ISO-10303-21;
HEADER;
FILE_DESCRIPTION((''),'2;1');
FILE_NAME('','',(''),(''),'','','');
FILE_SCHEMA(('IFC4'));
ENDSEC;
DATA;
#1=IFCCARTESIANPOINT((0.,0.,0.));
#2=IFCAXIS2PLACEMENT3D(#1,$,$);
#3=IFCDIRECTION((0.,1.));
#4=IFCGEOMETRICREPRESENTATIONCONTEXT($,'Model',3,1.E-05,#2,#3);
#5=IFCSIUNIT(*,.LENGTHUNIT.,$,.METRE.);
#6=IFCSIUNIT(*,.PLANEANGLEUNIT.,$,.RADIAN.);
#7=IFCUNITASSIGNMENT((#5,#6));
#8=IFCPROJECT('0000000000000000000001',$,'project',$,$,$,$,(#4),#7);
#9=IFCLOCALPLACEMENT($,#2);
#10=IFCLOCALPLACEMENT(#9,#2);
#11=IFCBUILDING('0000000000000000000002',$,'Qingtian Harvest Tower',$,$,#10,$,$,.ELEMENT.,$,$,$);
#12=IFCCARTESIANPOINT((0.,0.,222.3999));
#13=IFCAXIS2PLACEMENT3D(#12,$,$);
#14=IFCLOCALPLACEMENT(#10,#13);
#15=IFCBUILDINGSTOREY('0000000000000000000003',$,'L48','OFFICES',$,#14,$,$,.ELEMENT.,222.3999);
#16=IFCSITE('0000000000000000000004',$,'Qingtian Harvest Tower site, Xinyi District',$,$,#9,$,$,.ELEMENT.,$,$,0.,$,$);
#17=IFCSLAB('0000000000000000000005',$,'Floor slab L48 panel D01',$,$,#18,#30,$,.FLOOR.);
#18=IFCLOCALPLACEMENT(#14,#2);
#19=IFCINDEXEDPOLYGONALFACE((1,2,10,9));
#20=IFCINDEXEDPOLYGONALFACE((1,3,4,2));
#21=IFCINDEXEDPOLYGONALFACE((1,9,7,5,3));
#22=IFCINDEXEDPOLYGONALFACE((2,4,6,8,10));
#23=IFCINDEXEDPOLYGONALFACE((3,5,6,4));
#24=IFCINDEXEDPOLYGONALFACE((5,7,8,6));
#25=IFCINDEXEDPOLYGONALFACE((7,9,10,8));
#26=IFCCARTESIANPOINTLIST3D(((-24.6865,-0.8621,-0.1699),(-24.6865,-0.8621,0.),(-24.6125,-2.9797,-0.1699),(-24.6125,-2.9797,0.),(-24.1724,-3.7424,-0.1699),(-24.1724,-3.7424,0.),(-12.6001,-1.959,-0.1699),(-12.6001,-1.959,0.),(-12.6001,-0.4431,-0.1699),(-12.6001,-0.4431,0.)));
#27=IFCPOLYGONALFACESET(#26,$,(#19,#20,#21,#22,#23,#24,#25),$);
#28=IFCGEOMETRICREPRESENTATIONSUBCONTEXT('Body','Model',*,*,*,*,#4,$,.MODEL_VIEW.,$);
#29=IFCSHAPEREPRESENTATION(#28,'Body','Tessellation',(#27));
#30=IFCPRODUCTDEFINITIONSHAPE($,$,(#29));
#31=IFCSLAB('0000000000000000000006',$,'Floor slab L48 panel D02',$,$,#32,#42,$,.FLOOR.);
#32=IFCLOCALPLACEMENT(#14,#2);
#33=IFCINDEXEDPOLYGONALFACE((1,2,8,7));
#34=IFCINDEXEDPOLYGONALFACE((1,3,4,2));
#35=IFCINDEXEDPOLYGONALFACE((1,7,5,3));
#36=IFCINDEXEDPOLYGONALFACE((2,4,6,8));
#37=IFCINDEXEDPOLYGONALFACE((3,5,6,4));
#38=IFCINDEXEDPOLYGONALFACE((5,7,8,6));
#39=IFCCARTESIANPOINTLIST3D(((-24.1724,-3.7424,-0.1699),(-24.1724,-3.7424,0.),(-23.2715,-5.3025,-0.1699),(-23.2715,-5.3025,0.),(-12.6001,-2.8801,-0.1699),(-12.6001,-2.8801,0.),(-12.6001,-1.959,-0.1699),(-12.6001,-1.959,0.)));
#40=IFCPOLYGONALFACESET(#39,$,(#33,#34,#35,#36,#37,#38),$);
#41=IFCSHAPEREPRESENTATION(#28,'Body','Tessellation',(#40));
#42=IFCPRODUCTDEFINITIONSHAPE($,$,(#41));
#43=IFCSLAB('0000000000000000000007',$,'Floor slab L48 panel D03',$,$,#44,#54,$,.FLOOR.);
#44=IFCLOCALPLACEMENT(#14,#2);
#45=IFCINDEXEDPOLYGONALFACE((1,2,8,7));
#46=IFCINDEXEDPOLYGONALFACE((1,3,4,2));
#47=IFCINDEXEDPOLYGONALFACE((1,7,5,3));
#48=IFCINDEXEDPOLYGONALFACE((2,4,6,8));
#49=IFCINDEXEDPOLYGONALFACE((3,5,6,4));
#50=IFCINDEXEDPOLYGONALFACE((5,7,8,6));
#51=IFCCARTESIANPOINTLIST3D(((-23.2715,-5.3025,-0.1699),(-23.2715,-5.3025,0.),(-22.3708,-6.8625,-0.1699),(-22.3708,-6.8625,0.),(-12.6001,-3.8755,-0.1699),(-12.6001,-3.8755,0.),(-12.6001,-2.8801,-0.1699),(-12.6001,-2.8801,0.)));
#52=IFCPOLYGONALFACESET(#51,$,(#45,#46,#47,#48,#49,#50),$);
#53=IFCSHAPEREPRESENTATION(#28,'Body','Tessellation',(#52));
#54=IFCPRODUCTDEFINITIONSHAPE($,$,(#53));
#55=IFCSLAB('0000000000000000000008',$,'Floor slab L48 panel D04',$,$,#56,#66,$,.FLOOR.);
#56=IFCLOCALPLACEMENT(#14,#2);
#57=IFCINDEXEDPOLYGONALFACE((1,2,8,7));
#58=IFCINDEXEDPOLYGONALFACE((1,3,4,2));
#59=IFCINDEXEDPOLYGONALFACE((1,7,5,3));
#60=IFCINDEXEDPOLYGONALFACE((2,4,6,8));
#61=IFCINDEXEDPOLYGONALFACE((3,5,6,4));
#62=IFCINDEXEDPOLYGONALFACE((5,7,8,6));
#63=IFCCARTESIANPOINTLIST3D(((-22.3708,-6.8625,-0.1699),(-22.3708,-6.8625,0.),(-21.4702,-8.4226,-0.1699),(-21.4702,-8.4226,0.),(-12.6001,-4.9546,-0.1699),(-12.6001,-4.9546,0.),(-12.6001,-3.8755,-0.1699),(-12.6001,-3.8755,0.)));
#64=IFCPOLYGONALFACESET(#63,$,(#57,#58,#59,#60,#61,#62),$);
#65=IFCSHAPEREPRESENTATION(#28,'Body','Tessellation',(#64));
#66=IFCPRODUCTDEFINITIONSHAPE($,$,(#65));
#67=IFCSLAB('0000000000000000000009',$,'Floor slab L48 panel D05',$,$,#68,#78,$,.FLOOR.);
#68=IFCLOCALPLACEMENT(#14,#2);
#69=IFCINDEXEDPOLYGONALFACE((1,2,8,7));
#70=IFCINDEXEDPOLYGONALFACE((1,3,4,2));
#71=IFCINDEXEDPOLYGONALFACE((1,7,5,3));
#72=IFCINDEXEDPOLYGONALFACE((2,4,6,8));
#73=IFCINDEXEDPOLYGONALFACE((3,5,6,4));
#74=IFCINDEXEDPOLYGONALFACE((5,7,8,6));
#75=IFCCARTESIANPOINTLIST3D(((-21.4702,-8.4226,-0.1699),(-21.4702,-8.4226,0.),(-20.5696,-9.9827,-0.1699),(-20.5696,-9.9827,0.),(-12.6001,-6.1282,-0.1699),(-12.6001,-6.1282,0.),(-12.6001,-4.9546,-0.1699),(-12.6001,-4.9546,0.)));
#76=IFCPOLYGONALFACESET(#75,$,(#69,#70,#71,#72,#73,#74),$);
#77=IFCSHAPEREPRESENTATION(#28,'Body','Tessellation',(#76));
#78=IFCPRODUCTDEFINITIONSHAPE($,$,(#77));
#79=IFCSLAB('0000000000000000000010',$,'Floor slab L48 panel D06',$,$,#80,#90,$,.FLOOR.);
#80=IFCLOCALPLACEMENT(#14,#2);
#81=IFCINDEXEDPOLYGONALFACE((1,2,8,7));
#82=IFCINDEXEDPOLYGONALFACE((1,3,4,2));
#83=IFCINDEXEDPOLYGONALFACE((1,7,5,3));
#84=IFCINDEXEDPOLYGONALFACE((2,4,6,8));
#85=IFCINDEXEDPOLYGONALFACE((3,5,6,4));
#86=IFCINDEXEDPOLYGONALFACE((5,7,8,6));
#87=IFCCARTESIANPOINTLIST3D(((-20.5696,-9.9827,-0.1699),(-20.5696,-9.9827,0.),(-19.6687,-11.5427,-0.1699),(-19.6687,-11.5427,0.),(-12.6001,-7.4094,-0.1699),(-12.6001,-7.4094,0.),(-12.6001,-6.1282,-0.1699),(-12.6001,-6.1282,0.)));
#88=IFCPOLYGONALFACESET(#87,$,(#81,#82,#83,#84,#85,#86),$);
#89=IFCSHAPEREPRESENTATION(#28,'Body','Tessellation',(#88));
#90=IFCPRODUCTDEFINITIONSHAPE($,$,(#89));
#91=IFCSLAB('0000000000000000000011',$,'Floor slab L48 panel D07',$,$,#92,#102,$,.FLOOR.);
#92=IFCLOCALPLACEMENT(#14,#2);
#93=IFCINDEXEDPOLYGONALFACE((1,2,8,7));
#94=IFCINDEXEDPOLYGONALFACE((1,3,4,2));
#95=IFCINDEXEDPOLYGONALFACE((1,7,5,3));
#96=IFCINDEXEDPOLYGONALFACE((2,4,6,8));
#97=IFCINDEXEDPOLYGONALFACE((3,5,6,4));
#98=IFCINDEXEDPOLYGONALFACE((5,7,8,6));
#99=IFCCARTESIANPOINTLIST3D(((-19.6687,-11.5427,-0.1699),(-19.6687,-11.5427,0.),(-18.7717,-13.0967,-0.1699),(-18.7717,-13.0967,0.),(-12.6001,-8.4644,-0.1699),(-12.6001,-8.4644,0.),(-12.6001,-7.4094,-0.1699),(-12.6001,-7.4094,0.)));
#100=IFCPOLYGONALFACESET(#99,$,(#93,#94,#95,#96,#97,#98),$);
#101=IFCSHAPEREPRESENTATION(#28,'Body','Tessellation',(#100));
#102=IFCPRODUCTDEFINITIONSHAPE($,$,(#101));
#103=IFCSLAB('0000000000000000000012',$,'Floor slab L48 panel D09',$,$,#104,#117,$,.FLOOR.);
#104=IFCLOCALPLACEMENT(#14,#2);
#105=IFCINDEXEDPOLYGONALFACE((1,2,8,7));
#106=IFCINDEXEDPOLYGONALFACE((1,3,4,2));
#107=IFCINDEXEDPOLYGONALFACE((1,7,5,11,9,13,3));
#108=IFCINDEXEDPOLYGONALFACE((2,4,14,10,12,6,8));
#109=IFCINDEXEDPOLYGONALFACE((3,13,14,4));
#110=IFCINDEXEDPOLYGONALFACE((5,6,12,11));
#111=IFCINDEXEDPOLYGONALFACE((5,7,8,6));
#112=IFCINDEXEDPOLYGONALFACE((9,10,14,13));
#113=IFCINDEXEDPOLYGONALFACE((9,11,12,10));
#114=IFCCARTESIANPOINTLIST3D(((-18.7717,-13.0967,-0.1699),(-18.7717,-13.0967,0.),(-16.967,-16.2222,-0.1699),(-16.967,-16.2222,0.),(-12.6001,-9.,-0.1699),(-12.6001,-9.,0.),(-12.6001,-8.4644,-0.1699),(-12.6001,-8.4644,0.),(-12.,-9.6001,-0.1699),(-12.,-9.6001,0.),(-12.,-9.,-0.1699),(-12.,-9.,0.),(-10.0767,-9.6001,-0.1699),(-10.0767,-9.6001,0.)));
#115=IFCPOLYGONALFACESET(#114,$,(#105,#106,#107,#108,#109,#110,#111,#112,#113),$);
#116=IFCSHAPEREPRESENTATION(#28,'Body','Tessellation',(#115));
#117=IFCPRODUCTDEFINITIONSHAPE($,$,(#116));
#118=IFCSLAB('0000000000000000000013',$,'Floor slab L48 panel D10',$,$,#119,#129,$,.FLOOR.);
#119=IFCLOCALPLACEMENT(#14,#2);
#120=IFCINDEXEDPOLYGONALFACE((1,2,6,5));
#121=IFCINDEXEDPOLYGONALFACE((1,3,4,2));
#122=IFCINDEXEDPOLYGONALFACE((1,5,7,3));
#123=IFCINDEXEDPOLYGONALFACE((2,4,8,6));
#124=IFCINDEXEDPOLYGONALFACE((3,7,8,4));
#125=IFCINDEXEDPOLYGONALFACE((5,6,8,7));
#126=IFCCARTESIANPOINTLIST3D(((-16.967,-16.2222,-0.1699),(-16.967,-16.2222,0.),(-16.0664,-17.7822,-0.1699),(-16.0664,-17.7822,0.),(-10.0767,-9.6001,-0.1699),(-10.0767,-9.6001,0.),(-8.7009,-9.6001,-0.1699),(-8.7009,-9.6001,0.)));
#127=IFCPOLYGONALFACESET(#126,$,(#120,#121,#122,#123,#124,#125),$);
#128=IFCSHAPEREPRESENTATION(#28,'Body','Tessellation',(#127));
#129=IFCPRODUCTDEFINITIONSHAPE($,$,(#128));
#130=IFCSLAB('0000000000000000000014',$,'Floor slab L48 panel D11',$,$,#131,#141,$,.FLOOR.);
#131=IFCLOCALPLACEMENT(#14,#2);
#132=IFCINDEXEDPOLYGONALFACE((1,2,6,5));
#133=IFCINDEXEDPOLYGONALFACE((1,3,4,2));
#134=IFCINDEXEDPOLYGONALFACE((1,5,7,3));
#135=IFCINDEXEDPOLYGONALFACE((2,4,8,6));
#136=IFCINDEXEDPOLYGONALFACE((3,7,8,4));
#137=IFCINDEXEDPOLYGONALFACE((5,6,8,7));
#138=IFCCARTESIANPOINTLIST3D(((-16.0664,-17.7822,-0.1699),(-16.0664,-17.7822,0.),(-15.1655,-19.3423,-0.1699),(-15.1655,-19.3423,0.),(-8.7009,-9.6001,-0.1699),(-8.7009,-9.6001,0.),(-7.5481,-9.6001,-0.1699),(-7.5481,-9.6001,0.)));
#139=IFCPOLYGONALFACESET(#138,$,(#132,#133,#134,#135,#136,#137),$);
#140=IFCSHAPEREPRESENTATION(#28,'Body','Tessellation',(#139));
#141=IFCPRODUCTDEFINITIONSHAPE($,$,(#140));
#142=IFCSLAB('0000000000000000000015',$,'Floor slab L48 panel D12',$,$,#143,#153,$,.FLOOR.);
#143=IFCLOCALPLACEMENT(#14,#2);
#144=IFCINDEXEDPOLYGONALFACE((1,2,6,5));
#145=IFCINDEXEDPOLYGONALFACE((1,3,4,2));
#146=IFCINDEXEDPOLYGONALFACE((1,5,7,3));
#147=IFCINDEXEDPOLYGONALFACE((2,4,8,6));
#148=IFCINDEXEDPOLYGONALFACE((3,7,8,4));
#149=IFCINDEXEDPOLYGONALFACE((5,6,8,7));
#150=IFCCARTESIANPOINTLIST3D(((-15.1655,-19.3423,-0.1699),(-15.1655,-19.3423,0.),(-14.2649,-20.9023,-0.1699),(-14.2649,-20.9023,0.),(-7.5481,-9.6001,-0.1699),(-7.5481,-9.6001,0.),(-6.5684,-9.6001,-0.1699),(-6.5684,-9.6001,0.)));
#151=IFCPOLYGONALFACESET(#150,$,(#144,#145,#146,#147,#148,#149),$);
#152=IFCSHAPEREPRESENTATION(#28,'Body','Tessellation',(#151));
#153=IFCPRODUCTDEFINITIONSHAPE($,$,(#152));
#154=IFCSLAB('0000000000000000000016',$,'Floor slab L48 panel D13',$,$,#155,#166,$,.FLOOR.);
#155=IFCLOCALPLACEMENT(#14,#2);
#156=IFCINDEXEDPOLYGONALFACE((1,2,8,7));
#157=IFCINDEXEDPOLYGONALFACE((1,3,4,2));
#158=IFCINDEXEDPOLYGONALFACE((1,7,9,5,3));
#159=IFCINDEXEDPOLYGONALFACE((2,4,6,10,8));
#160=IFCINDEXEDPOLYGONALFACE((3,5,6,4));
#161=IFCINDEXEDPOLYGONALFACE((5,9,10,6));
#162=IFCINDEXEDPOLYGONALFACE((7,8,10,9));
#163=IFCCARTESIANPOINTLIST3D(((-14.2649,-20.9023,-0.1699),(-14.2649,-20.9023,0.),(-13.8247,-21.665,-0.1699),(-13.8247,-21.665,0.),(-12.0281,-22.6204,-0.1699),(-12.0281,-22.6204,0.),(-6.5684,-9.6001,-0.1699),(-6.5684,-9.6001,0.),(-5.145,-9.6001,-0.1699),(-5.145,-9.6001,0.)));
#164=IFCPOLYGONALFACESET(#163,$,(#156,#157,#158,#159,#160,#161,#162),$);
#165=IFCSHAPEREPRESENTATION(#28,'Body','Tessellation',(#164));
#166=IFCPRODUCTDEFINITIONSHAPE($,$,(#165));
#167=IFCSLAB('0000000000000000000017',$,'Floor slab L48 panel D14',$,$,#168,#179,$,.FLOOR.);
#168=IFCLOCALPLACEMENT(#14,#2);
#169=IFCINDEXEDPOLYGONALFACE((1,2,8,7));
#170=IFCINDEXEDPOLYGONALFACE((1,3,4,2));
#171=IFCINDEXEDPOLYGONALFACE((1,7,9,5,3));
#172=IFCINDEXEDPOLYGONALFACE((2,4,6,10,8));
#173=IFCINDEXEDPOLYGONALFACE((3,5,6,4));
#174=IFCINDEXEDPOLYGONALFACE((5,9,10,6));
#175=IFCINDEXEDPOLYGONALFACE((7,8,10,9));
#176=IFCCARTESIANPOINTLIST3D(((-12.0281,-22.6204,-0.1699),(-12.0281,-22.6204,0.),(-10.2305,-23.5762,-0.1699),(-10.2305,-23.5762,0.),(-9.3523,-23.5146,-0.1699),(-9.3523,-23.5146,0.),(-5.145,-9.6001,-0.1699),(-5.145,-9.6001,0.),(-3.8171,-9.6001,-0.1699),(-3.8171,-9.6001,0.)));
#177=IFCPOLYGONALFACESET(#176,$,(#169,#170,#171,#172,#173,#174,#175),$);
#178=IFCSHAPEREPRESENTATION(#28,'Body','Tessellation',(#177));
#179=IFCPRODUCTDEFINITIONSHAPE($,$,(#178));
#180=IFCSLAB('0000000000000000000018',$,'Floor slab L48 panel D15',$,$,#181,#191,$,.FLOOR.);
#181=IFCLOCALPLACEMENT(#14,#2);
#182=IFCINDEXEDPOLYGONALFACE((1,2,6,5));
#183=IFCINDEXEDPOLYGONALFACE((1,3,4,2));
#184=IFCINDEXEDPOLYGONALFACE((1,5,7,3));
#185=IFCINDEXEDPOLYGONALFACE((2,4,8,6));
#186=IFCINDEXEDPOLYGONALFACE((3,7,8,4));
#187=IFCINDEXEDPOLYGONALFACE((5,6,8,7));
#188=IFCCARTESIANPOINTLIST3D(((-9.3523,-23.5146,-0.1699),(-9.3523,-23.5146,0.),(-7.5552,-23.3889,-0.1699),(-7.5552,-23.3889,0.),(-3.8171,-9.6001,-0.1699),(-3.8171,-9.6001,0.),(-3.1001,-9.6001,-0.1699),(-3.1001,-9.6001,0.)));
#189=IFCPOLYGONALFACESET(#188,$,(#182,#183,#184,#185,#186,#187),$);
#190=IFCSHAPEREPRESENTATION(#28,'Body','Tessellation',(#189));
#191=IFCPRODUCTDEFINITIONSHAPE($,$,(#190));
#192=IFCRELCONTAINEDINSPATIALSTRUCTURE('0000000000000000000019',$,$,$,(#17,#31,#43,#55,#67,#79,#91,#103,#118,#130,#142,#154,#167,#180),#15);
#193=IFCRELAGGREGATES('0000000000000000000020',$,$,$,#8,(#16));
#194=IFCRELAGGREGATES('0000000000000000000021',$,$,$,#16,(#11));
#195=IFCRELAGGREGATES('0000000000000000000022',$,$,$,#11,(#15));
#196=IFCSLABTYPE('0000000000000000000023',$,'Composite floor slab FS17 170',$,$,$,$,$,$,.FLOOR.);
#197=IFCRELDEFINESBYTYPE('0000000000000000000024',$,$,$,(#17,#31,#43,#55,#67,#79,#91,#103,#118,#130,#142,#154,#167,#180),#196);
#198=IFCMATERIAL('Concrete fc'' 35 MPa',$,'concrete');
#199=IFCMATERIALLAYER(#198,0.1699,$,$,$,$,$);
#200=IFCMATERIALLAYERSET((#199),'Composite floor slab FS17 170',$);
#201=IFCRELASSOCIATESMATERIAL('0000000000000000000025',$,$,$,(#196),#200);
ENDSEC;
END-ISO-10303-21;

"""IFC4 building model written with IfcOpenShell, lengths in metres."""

from ifc_helpers import new_model, si_unit, direction, frame, origin, place, context, subcontext, project, spatial, polyline, outline, extrude, material, layer, layer_set, type_object, element, save


model = new_model("IFC4")

# Units and contexts
model_context = context("Model", 3, precision=1e-05, world=origin(), true_north=direction((0.0, 1.0)))
body_context = subcontext(model_context, "Body", "Model", "MODEL_VIEW")
ifc_project = project(units=[si_unit("LENGTHUNIT", "METRE"), si_unit("PLANEANGLEUNIT", "RADIAN")], contexts=[model_context])

# Site, building, storey
site_placement = place(None, origin())
site = spatial("IfcSite", under=ifc_project, at=site_placement, Name="Qingtian Harvest Tower site, Xinyi District", CompositionType="ELEMENT", RefElevation=0.0)
building_placement = place(site_placement, origin())
building = spatial("IfcBuilding", under=site, at=building_placement, Name="Qingtian Harvest Tower", CompositionType="ELEMENT")
storey_placement = place(building_placement, frame((0.0, 0.0, 222.3999)))
storey = spatial("IfcBuildingStorey", under=building, at=storey_placement, Name="L48", Description="OFFICES", CompositionType="ELEMENT", Elevation=222.3999)

# Slabs
ifc_material = material(Name="Concrete fc' 35 MPa", Category="concrete")
ifc_layer = layer(ifc_material, 0.1699)
ifc_layer_set = layer_set([ifc_layer], Name="Composite floor slab FS17 170")
slab_type = type_object("IfcSlabType", Name="Composite floor slab FS17 170", PredefinedType="FLOOR", material=ifc_layer_set)
slab_1_placement = place(storey_placement, frame((0.0, 0.0, -0.1699)))
element("IfcSlab", 1, at=slab_1_placement, inside=storey, type_object=slab_type, Name="Floor slab L48 panel D01", PredefinedType="FLOOR", context=body_context, shape_type="SweptSolid", body=[
    extrude(outline(polyline([(-24.6865, -0.8621), (-12.6001, -0.4431), (-12.6001, -1.959), (-24.1724, -3.7424), (-24.6125, -2.9797), (-24.6865, -0.8621)])), origin(), (0.0, 0.0, 1.0), 0.1699),
])
slab_2_placement = place(storey_placement, frame((0.0, 0.0, -0.1699)))
element("IfcSlab", 2, at=slab_2_placement, inside=storey, type_object=slab_type, Name="Floor slab L48 panel D02", PredefinedType="FLOOR", context=body_context, shape_type="SweptSolid", body=[
    extrude(outline(polyline([(-12.6001, -2.8801), (-23.2715, -5.3025), (-24.1724, -3.7424), (-12.6001, -1.959), (-12.6001, -2.8801)])), origin(), (0.0, 0.0, 1.0), 0.1699),
])
slab_3_placement = place(storey_placement, frame((0.0, 0.0, -0.1699)))
element("IfcSlab", 3, at=slab_3_placement, inside=storey, type_object=slab_type, Name="Floor slab L48 panel D03", PredefinedType="FLOOR", context=body_context, shape_type="SweptSolid", body=[
    extrude(outline(polyline([(-12.6001, -3.8755), (-22.3708, -6.8625), (-23.2715, -5.3025), (-12.6001, -2.8801), (-12.6001, -3.8755)])), origin(), (0.0, 0.0, 1.0), 0.1699),
])
slab_4_placement = place(storey_placement, frame((0.0, 0.0, -0.1699)))
element("IfcSlab", 4, at=slab_4_placement, inside=storey, type_object=slab_type, Name="Floor slab L48 panel D04", PredefinedType="FLOOR", context=body_context, shape_type="SweptSolid", body=[
    extrude(outline(polyline([(-12.6001, -4.9546), (-21.4702, -8.4226), (-22.3708, -6.8625), (-12.6001, -3.8755), (-12.6001, -4.9546)])), origin(), (0.0, 0.0, 1.0), 0.1699),
])
slab_5_placement = place(storey_placement, frame((0.0, 0.0, -0.1699)))
element("IfcSlab", 5, at=slab_5_placement, inside=storey, type_object=slab_type, Name="Floor slab L48 panel D05", PredefinedType="FLOOR", context=body_context, shape_type="SweptSolid", body=[
    extrude(outline(polyline([(-12.6001, -6.1282), (-20.5696, -9.9827), (-21.4702, -8.4226), (-12.6001, -4.9546), (-12.6001, -6.1282)])), origin(), (0.0, 0.0, 1.0), 0.1699),
])
slab_6_placement = place(storey_placement, frame((0.0, 0.0, -0.1699)))
element("IfcSlab", 6, at=slab_6_placement, inside=storey, type_object=slab_type, Name="Floor slab L48 panel D06", PredefinedType="FLOOR", context=body_context, shape_type="SweptSolid", body=[
    extrude(outline(polyline([(-12.6001, -7.4094), (-19.6687, -11.5427), (-20.5696, -9.9827), (-12.6001, -6.1282), (-12.6001, -7.4094)])), origin(), (0.0, 0.0, 1.0), 0.1699),
])
slab_7_placement = place(storey_placement, frame((0.0, 0.0, -0.1699)))
element("IfcSlab", 7, at=slab_7_placement, inside=storey, type_object=slab_type, Name="Floor slab L48 panel D07", PredefinedType="FLOOR", context=body_context, shape_type="SweptSolid", body=[
    extrude(outline(polyline([(-12.6001, -8.4644), (-18.7717, -13.0967), (-19.6687, -11.5427), (-12.6001, -7.4094), (-12.6001, -8.4644)])), origin(), (0.0, 0.0, 1.0), 0.1699),
])
slab_8_placement = place(storey_placement, frame((0.0, 0.0, -0.1699)))
element("IfcSlab", 8, at=slab_8_placement, inside=storey, type_object=slab_type, Name="Floor slab L48 panel D09", PredefinedType="FLOOR", context=body_context, shape_type="SweptSolid", body=[
    extrude(outline(polyline([(-16.967, -16.2222), (-18.7717, -13.0967), (-12.6001, -8.4644), (-12.6001, -9.0), (-12.0, -9.0), (-12.0, -9.6001), (-10.0767, -9.6001), (-16.967, -16.2222)])), origin(), (0.0, 0.0, 1.0), 0.1699),
])
slab_9_placement = place(storey_placement, frame((0.0, 0.0, -0.1699)))
element("IfcSlab", 9, at=slab_9_placement, inside=storey, type_object=slab_type, Name="Floor slab L48 panel D10", PredefinedType="FLOOR", context=body_context, shape_type="SweptSolid", body=[
    extrude(outline(polyline([(-8.7009, -9.6001), (-16.0664, -17.7822), (-16.967, -16.2222), (-10.0767, -9.6001), (-8.7009, -9.6001)])), origin(), (0.0, 0.0, 1.0), 0.1699),
])
slab_10_placement = place(storey_placement, frame((0.0, 0.0, -0.1699)))
element("IfcSlab", 10, at=slab_10_placement, inside=storey, type_object=slab_type, Name="Floor slab L48 panel D11", PredefinedType="FLOOR", context=body_context, shape_type="SweptSolid", body=[
    extrude(outline(polyline([(-7.5481, -9.6001), (-15.1655, -19.3423), (-16.0664, -17.7822), (-8.7009, -9.6001), (-7.5481, -9.6001)])), origin(), (0.0, 0.0, 1.0), 0.1699),
])
slab_11_placement = place(storey_placement, frame((0.0, 0.0, -0.1699)))
element("IfcSlab", 11, at=slab_11_placement, inside=storey, type_object=slab_type, Name="Floor slab L48 panel D12", PredefinedType="FLOOR", context=body_context, shape_type="SweptSolid", body=[
    extrude(outline(polyline([(-6.5684, -9.6001), (-14.2649, -20.9023), (-15.1655, -19.3423), (-7.5481, -9.6001), (-6.5684, -9.6001)])), origin(), (0.0, 0.0, 1.0), 0.1699),
])
slab_12_placement = place(storey_placement, frame((0.0, 0.0, -0.1699)))
element("IfcSlab", 12, at=slab_12_placement, inside=storey, type_object=slab_type, Name="Floor slab L48 panel D13", PredefinedType="FLOOR", context=body_context, shape_type="SweptSolid", body=[
    extrude(outline(polyline([(-6.5684, -9.6001), (-5.145, -9.6001), (-12.0281, -22.6204), (-13.8247, -21.665), (-14.2649, -20.9023), (-6.5684, -9.6001)])), origin(), (0.0, 0.0, 1.0), 0.1699),
])
slab_13_placement = place(storey_placement, frame((0.0, 0.0, -0.1699)))
element("IfcSlab", 13, at=slab_13_placement, inside=storey, type_object=slab_type, Name="Floor slab L48 panel D14", PredefinedType="FLOOR", context=body_context, shape_type="SweptSolid", body=[
    extrude(outline(polyline([(-5.145, -9.6001), (-3.8171, -9.6001), (-9.3523, -23.5146), (-10.2305, -23.5762), (-12.0281, -22.6204), (-5.145, -9.6001)])), origin(), (0.0, 0.0, 1.0), 0.1699),
])
slab_14_placement = place(storey_placement, frame((0.0, 0.0, -0.1699)))
element("IfcSlab", 14, at=slab_14_placement, inside=storey, type_object=slab_type, Name="Floor slab L48 panel D15", PredefinedType="FLOOR", context=body_context, shape_type="SweptSolid", body=[
    extrude(outline(polyline([(-3.1001, -9.6001), (-7.5552, -23.3889), (-9.3523, -23.5146), (-3.8171, -9.6001), (-3.1001, -9.6001)])), origin(), (0.0, 0.0, 1.0), 0.1699),
])

save(model, "model.ifc")
